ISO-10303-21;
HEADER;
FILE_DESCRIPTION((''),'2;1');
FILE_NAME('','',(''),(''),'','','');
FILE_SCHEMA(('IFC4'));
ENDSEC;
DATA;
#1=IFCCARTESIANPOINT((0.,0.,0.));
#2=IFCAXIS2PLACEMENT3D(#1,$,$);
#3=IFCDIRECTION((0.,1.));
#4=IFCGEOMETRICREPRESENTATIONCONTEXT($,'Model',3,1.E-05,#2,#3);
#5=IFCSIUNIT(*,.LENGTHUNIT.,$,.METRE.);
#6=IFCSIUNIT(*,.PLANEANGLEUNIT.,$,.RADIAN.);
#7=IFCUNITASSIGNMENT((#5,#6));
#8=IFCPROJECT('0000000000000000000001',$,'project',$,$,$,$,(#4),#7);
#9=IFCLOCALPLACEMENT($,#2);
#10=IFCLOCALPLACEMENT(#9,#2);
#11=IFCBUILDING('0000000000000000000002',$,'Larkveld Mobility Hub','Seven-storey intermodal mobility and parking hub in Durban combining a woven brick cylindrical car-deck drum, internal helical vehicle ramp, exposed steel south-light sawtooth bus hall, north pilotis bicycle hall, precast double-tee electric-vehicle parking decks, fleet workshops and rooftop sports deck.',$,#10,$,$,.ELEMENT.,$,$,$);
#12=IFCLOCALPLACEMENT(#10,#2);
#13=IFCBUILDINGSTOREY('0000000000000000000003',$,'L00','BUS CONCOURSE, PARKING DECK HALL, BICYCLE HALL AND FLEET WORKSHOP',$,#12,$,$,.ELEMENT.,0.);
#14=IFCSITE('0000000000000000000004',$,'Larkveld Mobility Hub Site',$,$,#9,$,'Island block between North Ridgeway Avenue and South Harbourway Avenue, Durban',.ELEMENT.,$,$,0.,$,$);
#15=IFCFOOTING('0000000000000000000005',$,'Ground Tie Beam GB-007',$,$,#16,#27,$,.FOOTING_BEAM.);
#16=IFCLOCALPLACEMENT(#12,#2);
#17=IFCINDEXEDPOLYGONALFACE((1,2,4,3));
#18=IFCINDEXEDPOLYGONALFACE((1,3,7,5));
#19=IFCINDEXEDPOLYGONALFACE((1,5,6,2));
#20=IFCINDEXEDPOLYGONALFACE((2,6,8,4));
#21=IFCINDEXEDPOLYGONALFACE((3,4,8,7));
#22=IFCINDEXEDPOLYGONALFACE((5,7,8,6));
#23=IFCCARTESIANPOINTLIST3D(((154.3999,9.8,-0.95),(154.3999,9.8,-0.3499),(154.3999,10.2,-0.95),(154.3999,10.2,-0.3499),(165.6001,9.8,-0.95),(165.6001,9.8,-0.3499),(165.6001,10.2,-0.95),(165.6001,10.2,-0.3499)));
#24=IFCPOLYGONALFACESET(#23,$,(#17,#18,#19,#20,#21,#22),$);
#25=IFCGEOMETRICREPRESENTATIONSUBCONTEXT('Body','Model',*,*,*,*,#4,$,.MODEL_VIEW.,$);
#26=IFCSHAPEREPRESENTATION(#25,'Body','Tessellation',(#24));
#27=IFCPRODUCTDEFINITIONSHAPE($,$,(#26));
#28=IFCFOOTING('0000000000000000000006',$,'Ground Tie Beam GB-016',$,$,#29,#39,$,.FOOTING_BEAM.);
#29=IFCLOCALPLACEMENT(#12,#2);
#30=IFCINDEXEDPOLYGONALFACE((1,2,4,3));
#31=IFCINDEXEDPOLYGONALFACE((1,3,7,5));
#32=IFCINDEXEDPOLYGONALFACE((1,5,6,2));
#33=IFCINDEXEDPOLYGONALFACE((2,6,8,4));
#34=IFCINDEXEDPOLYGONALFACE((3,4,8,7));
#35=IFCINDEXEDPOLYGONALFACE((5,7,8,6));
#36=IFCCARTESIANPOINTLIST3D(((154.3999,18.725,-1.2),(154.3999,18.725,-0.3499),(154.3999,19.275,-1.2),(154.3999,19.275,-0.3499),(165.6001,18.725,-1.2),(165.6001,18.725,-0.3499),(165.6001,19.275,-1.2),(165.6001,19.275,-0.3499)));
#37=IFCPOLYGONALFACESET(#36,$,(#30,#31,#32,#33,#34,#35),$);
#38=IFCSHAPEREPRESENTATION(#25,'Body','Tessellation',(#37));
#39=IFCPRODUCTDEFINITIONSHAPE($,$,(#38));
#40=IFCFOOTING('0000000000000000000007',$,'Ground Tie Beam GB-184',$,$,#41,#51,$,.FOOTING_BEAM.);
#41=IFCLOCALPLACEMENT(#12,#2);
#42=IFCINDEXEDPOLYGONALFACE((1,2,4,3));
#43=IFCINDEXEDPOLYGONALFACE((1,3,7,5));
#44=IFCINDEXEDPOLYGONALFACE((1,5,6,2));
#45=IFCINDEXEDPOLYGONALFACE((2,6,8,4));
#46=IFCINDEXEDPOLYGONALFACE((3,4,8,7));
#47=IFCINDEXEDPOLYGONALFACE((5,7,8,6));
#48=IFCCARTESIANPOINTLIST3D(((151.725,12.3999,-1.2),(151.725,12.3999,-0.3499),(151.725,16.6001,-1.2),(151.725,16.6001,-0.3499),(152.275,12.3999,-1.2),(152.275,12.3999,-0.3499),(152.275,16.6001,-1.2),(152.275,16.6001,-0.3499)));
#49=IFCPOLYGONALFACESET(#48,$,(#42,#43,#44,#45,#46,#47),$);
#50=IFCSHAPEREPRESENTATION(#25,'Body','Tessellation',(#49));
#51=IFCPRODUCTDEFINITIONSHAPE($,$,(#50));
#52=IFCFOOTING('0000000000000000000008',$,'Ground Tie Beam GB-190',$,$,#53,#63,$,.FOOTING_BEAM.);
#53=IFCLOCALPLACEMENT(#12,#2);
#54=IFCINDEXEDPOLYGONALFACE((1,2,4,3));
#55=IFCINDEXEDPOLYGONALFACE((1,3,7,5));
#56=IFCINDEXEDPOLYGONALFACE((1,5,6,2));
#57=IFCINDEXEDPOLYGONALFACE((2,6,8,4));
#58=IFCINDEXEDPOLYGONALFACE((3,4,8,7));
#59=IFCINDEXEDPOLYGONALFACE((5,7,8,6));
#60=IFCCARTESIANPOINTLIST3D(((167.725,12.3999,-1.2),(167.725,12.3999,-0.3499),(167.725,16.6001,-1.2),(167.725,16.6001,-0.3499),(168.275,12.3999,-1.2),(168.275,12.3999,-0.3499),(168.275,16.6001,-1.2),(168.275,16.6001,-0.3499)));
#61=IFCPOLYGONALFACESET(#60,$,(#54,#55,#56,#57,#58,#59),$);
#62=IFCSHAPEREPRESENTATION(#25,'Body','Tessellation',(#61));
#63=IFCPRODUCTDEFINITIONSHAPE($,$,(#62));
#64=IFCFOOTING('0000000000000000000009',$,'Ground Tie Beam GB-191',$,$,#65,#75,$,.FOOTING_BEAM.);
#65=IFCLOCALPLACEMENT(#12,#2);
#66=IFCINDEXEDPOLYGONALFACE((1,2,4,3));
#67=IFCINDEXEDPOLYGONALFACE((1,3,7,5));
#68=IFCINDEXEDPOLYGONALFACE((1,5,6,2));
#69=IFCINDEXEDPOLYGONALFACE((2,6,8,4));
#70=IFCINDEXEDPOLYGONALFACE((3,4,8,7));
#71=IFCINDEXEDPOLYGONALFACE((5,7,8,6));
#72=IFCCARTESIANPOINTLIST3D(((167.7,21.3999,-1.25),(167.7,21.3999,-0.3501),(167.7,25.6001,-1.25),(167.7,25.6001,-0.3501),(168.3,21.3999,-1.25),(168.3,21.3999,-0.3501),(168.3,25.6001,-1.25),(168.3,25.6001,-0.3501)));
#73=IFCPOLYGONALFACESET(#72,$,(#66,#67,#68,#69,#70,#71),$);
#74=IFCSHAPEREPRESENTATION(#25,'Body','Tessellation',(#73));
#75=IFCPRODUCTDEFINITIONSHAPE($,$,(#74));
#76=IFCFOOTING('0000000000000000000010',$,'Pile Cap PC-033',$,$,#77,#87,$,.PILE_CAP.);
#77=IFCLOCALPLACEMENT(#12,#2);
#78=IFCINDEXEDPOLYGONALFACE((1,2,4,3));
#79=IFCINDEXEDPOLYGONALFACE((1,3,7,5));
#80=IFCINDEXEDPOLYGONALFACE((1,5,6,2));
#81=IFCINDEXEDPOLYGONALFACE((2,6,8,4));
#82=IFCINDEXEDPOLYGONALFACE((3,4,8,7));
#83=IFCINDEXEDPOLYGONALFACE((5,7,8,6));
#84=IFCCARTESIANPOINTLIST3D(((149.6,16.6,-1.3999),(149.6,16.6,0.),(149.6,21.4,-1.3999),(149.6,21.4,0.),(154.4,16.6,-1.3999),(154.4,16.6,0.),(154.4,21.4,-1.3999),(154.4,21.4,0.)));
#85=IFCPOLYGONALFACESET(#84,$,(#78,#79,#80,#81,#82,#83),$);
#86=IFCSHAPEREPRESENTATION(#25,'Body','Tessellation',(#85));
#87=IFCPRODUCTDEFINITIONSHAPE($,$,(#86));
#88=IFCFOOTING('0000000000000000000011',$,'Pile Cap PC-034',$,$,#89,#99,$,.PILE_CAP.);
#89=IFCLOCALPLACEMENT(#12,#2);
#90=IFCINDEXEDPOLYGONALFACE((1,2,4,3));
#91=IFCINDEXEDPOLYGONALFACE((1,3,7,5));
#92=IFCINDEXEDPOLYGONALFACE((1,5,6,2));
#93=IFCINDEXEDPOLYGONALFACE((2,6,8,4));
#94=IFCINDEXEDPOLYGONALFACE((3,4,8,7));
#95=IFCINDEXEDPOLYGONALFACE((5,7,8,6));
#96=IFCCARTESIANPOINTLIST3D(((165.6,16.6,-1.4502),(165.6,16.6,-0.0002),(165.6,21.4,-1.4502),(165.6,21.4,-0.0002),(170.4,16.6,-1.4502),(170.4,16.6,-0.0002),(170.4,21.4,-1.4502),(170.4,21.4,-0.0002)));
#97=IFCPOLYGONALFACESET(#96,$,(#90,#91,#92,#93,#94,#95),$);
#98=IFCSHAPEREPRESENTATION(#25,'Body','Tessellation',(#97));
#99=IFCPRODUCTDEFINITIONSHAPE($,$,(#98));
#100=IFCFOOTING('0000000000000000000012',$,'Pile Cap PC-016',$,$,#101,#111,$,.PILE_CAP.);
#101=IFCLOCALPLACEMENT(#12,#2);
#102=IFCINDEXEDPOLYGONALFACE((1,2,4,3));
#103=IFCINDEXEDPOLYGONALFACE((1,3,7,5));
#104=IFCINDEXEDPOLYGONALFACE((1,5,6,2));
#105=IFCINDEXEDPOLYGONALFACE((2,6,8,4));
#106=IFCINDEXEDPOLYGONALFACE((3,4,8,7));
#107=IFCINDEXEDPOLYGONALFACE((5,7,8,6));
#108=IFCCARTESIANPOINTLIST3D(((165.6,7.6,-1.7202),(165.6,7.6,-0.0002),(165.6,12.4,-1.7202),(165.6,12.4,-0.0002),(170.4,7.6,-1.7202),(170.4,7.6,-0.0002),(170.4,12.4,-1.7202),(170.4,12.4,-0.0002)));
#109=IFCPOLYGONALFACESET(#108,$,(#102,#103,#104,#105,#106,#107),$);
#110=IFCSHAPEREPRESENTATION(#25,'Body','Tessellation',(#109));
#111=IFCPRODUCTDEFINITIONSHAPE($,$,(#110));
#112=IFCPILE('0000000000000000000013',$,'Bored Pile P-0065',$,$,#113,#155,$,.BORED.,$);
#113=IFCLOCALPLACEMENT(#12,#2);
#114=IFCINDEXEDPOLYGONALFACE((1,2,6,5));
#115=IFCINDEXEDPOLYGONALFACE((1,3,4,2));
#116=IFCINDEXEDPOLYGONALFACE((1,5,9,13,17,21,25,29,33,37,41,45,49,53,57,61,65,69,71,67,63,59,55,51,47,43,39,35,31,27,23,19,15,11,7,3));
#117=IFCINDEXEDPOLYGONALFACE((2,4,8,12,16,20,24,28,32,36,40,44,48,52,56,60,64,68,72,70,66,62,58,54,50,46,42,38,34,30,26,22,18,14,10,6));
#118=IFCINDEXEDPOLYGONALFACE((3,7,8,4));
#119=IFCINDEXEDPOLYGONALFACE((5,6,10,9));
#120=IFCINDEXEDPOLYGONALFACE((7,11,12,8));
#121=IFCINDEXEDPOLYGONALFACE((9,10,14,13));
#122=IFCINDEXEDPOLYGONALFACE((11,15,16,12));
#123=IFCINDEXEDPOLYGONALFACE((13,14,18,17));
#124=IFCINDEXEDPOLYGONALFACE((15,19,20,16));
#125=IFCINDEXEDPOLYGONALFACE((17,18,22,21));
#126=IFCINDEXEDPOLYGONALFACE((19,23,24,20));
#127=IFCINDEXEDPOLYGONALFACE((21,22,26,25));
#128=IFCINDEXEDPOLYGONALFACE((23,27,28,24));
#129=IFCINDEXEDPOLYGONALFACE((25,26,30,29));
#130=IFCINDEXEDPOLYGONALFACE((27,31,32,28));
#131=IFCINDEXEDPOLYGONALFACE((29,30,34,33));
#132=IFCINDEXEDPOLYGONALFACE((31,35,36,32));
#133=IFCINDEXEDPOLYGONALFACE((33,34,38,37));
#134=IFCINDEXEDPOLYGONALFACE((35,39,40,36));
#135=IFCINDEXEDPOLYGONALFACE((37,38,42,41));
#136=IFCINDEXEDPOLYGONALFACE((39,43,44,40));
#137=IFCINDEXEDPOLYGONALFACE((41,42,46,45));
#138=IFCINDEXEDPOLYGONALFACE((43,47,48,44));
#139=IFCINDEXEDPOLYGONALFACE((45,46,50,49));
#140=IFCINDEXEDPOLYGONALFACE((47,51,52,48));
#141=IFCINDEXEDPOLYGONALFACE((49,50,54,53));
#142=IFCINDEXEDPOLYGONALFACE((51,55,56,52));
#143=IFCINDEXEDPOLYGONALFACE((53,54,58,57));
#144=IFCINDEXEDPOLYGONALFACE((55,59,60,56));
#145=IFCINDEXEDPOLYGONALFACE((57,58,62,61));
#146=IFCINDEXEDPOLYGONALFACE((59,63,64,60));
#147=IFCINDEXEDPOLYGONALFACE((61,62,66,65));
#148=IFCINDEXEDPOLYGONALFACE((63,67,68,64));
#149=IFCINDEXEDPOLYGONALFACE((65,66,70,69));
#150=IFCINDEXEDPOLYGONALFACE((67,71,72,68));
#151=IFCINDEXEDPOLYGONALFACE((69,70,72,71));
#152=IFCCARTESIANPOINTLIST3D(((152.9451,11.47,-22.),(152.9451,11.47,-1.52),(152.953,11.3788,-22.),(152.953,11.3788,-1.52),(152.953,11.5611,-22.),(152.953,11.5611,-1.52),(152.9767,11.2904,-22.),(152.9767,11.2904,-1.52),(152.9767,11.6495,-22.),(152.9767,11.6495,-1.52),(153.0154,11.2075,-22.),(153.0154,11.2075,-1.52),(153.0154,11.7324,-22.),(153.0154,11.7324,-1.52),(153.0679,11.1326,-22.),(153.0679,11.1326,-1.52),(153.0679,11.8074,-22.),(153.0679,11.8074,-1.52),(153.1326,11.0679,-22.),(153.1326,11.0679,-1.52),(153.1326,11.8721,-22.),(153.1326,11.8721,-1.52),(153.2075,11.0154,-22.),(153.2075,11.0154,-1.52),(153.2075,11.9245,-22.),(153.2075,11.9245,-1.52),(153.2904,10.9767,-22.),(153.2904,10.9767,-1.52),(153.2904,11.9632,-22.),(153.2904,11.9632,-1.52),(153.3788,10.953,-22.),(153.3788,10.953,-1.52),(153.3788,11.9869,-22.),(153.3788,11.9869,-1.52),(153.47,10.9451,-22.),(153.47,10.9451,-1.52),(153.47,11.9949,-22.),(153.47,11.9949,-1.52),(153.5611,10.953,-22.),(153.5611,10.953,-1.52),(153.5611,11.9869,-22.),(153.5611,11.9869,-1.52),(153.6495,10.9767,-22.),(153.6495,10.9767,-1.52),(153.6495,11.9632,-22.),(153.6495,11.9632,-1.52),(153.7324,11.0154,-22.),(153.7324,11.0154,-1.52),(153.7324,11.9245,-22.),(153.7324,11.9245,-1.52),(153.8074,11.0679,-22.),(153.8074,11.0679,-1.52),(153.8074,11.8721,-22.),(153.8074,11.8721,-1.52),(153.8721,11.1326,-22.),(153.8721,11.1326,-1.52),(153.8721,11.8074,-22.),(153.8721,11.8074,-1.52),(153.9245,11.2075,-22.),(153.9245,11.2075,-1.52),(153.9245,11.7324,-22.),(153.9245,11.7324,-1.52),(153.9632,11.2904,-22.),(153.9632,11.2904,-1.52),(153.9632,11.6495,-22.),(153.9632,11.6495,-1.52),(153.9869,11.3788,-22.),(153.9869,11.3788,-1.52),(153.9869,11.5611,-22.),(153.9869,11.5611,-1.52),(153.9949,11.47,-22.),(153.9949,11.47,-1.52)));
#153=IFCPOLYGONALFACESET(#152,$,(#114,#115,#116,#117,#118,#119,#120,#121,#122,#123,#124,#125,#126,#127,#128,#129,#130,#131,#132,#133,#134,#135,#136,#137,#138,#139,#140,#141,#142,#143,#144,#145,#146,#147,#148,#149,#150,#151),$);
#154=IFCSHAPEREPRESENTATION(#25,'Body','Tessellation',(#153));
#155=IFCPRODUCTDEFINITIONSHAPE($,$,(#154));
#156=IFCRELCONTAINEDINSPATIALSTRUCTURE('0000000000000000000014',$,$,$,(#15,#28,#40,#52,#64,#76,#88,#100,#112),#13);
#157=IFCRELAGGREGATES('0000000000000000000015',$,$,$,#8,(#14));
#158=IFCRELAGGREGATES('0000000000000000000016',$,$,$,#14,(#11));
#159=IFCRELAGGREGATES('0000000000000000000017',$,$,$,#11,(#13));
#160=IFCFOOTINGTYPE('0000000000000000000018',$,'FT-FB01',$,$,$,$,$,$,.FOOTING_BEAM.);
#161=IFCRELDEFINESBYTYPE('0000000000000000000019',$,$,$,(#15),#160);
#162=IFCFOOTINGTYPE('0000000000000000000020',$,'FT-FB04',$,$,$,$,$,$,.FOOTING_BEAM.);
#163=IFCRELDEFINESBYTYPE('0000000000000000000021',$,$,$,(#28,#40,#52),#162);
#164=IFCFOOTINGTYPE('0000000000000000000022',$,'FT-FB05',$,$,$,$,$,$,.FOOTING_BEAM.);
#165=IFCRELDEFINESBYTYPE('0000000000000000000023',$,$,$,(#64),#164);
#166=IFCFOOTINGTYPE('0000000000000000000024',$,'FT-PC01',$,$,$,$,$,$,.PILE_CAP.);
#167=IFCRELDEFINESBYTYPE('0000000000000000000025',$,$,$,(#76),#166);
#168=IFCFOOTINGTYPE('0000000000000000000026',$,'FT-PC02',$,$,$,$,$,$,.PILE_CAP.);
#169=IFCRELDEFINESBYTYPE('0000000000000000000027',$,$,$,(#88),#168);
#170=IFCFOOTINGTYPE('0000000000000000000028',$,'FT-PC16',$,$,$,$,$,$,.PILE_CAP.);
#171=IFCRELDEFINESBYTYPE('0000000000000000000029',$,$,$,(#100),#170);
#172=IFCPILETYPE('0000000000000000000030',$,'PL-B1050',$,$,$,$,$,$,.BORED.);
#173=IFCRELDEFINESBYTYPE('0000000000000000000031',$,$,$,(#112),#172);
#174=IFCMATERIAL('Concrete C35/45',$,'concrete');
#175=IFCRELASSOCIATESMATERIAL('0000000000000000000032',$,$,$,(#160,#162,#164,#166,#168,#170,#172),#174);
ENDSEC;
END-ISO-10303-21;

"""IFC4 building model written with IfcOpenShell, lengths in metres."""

from ifc_helpers import new_model, si_unit, direction, frame, origin, origin_2d, place, context, subcontext, project, spatial, rectangle, circle, extrude, material, material_profile, profile_set, type_object, element, save


model = new_model("IFC4")

# Units and contexts
model_context = context("Model", 3, precision=1e-05, world=origin(), true_north=direction((0.0, 1.0)))
body_context = subcontext(model_context, "Body", "Model", "MODEL_VIEW")
ifc_project = project(units=[si_unit("LENGTHUNIT", "METRE"), si_unit("PLANEANGLEUNIT", "RADIAN")], contexts=[model_context])

# Site, building, storey
site_placement = place(None, origin())
site = spatial("IfcSite", under=ifc_project, at=site_placement, Name="Larkveld Mobility Hub Site", LongName="Island block between North Ridgeway Avenue and South Harbourway Avenue, Durban", CompositionType="ELEMENT", RefElevation=0.0)
building_placement = place(site_placement, origin())
building = spatial("IfcBuilding", under=site, at=building_placement, Name="Larkveld Mobility Hub", Description="Seven-storey intermodal mobility and parking hub in Durban combining a woven brick cylindrical car-deck drum, internal helical vehicle ramp, exposed steel south-light sawtooth bus hall, north pilotis bicycle hall, precast double-tee electric-vehicle parking decks, fleet workshops and rooftop sports deck.", CompositionType="ELEMENT")
storey_placement = place(building_placement, origin())
storey = spatial("IfcBuildingStorey", under=building, at=storey_placement, Name="L00", Description="BUS CONCOURSE, PARKING DECK HALL, BICYCLE HALL AND FLEET WORKSHOP", CompositionType="ELEMENT", Elevation=0.0)

# Footings
ifc_material_1 = material(Name="Concrete C35/45", Category="concrete")
ifc_material_profile_1 = material_profile(ifc_material_1, rectangle(XDim=0.3999, YDim=0.6001, at=origin_2d()), Name="RC BM 400x600")
ifc_profile_set_1 = profile_set([ifc_material_profile_1], Name="Concrete C35/45")
footing_type_1 = type_object("IfcFootingType", Name="FT-FB01", PredefinedType="FOOTING_BEAM", material=ifc_profile_set_1)
footing_1_placement = place(storey_placement, frame((154.3999, 10.0, -0.6499), z_axis=(1.0, 0.0, 0.0), x_axis=(0.0, 1.0, 0.0)))
element("IfcFooting", 1, at=footing_1_placement, inside=storey, type_object=footing_type_1, Name="Ground Tie Beam GB-007", PredefinedType="FOOTING_BEAM", context=body_context, shape_type="SweptSolid", body=[
    extrude(rectangle(XDim=0.3999, YDim=0.6001, at=origin_2d()), origin(), (0.0, 0.0, 1.0), 11.2002),
])
ifc_material_profile_2 = material_profile(ifc_material_1, rectangle(XDim=0.55, YDim=0.8501, at=origin_2d()), Name="RC BM 550x850")
ifc_profile_set_2 = profile_set([ifc_material_profile_2], Name="Concrete C35/45")
footing_type_2 = type_object("IfcFootingType", Name="FT-FB04", PredefinedType="FOOTING_BEAM", material=ifc_profile_set_2)
footing_2_placement = place(storey_placement, frame((154.3999, 19.0, -0.7749), z_axis=(1.0, 0.0, 0.0), x_axis=(0.0, 1.0, 0.0)))
element("IfcFooting", 2, at=footing_2_placement, inside=storey, type_object=footing_type_2, Name="Ground Tie Beam GB-016", PredefinedType="FOOTING_BEAM", context=body_context, shape_type="SweptSolid", body=[
    extrude(rectangle(XDim=0.55, YDim=0.8501, at=origin_2d()), origin(), (0.0, 0.0, 1.0), 11.2002),
])
for number, where, z_axis, x_axis, name in (
    (3, (152.0, 12.3999, -0.7749), (0.0, 1.0, 0.0), (-1.0, 0.0, 0.0), "Ground Tie Beam GB-184"),
    (4, (168.0, 12.3999, -0.7749), (0.0, 1.0, 0.0), (-1.0, 0.0, 0.0), "Ground Tie Beam GB-190"),
):
    element("IfcFooting", number, at=place(storey_placement, frame(where, z_axis=z_axis, x_axis=x_axis)), inside=storey, type_object=footing_type_2, Name=name, PredefinedType="FOOTING_BEAM", context=body_context, shape_type="SweptSolid", body=[
        extrude(rectangle(XDim=0.55, YDim=0.8501, at=origin_2d()), origin(), (0.0, 0.0, 1.0), 4.2002),
    ])
ifc_material_profile_3 = material_profile(ifc_material_1, rectangle(XDim=0.6001, YDim=0.8999, at=origin_2d()), Name="RC BM 600x900")
ifc_profile_set_3 = profile_set([ifc_material_profile_3], Name="Concrete C35/45")
footing_type_3 = type_object("IfcFootingType", Name="FT-FB05", PredefinedType="FOOTING_BEAM", material=ifc_profile_set_3)
footing_3_placement = place(storey_placement, frame((168.0, 21.3999, -0.8), z_axis=(0.0, 1.0, 0.0), x_axis=(-1.0, 0.0, 0.0)))
element("IfcFooting", 5, at=footing_3_placement, inside=storey, type_object=footing_type_3, Name="Ground Tie Beam GB-191", PredefinedType="FOOTING_BEAM", context=body_context, shape_type="SweptSolid", body=[
    extrude(rectangle(XDim=0.6001, YDim=0.8999, at=origin_2d()), origin(), (0.0, 0.0, 1.0), 4.2002),
])
footing_type_4 = type_object("IfcFootingType", Name="FT-PC01", PredefinedType="PILE_CAP", material=ifc_material_1)
footing_4_placement = place(storey_placement, frame((152.0, 19.0, -1.3999), z_axis=(0.0, 0.0, 1.0), x_axis=(1.0, 0.0, 0.0)))
element("IfcFooting", 6, at=footing_4_placement, inside=storey, type_object=footing_type_4, Name="Pile Cap PC-033", PredefinedType="PILE_CAP", context=body_context, shape_type="SweptSolid", body=[
    extrude(rectangle(XDim=4.8, YDim=4.8, at=origin_2d()), origin(), (0.0, 0.0, 1.0), 1.3999),
])
footing_type_5 = type_object("IfcFootingType", Name="FT-PC02", PredefinedType="PILE_CAP", material=ifc_material_1)
footing_5_placement = place(storey_placement, frame((168.0, 19.0, -1.4502), z_axis=(0.0, 0.0, 1.0), x_axis=(1.0, 0.0, 0.0)))
element("IfcFooting", 7, at=footing_5_placement, inside=storey, type_object=footing_type_5, Name="Pile Cap PC-034", PredefinedType="PILE_CAP", context=body_context, shape_type="SweptSolid", body=[
    extrude(rectangle(XDim=4.8, YDim=4.8, at=origin_2d()), origin(), (0.0, 0.0, 1.0), 1.45),
])
footing_type_6 = type_object("IfcFootingType", Name="FT-PC16", PredefinedType="PILE_CAP", material=ifc_material_1)
footing_6_placement = place(storey_placement, frame((168.0, 10.0, -1.7202), z_axis=(0.0, 0.0, 1.0), x_axis=(1.0, 0.0, 0.0)))
element("IfcFooting", 8, at=footing_6_placement, inside=storey, type_object=footing_type_6, Name="Pile Cap PC-016", PredefinedType="PILE_CAP", context=body_context, shape_type="SweptSolid", body=[
    extrude(rectangle(XDim=4.8, YDim=4.8, at=origin_2d()), origin(), (0.0, 0.0, 1.0), 1.72),
])

# Pile
ifc_material_profile_4 = material_profile(ifc_material_1, circle(Radius=0.5249, at=origin_2d()), Name="PILE D1050")
ifc_profile_set_4 = profile_set([ifc_material_profile_4], Name="Concrete C35/45")
pile_type = type_object("IfcPileType", Name="PL-B1050", PredefinedType="BORED", material=ifc_profile_set_4)
pile_1_placement = place(storey_placement, frame((153.47, 11.47, -1.52), z_axis=(0.0, 0.0, -1.0), x_axis=(1.0, 0.0, 0.0)))
element("IfcPile", 9, at=pile_1_placement, inside=storey, type_object=pile_type, Name="Bored Pile P-0065", PredefinedType="BORED", context=body_context, shape_type="SweptSolid", body=[
    extrude(circle(Radius=0.5249, at=origin_2d()), origin(), (0.0, 0.0, 1.0), 20.48),
])

save(model, "model.ifc")
